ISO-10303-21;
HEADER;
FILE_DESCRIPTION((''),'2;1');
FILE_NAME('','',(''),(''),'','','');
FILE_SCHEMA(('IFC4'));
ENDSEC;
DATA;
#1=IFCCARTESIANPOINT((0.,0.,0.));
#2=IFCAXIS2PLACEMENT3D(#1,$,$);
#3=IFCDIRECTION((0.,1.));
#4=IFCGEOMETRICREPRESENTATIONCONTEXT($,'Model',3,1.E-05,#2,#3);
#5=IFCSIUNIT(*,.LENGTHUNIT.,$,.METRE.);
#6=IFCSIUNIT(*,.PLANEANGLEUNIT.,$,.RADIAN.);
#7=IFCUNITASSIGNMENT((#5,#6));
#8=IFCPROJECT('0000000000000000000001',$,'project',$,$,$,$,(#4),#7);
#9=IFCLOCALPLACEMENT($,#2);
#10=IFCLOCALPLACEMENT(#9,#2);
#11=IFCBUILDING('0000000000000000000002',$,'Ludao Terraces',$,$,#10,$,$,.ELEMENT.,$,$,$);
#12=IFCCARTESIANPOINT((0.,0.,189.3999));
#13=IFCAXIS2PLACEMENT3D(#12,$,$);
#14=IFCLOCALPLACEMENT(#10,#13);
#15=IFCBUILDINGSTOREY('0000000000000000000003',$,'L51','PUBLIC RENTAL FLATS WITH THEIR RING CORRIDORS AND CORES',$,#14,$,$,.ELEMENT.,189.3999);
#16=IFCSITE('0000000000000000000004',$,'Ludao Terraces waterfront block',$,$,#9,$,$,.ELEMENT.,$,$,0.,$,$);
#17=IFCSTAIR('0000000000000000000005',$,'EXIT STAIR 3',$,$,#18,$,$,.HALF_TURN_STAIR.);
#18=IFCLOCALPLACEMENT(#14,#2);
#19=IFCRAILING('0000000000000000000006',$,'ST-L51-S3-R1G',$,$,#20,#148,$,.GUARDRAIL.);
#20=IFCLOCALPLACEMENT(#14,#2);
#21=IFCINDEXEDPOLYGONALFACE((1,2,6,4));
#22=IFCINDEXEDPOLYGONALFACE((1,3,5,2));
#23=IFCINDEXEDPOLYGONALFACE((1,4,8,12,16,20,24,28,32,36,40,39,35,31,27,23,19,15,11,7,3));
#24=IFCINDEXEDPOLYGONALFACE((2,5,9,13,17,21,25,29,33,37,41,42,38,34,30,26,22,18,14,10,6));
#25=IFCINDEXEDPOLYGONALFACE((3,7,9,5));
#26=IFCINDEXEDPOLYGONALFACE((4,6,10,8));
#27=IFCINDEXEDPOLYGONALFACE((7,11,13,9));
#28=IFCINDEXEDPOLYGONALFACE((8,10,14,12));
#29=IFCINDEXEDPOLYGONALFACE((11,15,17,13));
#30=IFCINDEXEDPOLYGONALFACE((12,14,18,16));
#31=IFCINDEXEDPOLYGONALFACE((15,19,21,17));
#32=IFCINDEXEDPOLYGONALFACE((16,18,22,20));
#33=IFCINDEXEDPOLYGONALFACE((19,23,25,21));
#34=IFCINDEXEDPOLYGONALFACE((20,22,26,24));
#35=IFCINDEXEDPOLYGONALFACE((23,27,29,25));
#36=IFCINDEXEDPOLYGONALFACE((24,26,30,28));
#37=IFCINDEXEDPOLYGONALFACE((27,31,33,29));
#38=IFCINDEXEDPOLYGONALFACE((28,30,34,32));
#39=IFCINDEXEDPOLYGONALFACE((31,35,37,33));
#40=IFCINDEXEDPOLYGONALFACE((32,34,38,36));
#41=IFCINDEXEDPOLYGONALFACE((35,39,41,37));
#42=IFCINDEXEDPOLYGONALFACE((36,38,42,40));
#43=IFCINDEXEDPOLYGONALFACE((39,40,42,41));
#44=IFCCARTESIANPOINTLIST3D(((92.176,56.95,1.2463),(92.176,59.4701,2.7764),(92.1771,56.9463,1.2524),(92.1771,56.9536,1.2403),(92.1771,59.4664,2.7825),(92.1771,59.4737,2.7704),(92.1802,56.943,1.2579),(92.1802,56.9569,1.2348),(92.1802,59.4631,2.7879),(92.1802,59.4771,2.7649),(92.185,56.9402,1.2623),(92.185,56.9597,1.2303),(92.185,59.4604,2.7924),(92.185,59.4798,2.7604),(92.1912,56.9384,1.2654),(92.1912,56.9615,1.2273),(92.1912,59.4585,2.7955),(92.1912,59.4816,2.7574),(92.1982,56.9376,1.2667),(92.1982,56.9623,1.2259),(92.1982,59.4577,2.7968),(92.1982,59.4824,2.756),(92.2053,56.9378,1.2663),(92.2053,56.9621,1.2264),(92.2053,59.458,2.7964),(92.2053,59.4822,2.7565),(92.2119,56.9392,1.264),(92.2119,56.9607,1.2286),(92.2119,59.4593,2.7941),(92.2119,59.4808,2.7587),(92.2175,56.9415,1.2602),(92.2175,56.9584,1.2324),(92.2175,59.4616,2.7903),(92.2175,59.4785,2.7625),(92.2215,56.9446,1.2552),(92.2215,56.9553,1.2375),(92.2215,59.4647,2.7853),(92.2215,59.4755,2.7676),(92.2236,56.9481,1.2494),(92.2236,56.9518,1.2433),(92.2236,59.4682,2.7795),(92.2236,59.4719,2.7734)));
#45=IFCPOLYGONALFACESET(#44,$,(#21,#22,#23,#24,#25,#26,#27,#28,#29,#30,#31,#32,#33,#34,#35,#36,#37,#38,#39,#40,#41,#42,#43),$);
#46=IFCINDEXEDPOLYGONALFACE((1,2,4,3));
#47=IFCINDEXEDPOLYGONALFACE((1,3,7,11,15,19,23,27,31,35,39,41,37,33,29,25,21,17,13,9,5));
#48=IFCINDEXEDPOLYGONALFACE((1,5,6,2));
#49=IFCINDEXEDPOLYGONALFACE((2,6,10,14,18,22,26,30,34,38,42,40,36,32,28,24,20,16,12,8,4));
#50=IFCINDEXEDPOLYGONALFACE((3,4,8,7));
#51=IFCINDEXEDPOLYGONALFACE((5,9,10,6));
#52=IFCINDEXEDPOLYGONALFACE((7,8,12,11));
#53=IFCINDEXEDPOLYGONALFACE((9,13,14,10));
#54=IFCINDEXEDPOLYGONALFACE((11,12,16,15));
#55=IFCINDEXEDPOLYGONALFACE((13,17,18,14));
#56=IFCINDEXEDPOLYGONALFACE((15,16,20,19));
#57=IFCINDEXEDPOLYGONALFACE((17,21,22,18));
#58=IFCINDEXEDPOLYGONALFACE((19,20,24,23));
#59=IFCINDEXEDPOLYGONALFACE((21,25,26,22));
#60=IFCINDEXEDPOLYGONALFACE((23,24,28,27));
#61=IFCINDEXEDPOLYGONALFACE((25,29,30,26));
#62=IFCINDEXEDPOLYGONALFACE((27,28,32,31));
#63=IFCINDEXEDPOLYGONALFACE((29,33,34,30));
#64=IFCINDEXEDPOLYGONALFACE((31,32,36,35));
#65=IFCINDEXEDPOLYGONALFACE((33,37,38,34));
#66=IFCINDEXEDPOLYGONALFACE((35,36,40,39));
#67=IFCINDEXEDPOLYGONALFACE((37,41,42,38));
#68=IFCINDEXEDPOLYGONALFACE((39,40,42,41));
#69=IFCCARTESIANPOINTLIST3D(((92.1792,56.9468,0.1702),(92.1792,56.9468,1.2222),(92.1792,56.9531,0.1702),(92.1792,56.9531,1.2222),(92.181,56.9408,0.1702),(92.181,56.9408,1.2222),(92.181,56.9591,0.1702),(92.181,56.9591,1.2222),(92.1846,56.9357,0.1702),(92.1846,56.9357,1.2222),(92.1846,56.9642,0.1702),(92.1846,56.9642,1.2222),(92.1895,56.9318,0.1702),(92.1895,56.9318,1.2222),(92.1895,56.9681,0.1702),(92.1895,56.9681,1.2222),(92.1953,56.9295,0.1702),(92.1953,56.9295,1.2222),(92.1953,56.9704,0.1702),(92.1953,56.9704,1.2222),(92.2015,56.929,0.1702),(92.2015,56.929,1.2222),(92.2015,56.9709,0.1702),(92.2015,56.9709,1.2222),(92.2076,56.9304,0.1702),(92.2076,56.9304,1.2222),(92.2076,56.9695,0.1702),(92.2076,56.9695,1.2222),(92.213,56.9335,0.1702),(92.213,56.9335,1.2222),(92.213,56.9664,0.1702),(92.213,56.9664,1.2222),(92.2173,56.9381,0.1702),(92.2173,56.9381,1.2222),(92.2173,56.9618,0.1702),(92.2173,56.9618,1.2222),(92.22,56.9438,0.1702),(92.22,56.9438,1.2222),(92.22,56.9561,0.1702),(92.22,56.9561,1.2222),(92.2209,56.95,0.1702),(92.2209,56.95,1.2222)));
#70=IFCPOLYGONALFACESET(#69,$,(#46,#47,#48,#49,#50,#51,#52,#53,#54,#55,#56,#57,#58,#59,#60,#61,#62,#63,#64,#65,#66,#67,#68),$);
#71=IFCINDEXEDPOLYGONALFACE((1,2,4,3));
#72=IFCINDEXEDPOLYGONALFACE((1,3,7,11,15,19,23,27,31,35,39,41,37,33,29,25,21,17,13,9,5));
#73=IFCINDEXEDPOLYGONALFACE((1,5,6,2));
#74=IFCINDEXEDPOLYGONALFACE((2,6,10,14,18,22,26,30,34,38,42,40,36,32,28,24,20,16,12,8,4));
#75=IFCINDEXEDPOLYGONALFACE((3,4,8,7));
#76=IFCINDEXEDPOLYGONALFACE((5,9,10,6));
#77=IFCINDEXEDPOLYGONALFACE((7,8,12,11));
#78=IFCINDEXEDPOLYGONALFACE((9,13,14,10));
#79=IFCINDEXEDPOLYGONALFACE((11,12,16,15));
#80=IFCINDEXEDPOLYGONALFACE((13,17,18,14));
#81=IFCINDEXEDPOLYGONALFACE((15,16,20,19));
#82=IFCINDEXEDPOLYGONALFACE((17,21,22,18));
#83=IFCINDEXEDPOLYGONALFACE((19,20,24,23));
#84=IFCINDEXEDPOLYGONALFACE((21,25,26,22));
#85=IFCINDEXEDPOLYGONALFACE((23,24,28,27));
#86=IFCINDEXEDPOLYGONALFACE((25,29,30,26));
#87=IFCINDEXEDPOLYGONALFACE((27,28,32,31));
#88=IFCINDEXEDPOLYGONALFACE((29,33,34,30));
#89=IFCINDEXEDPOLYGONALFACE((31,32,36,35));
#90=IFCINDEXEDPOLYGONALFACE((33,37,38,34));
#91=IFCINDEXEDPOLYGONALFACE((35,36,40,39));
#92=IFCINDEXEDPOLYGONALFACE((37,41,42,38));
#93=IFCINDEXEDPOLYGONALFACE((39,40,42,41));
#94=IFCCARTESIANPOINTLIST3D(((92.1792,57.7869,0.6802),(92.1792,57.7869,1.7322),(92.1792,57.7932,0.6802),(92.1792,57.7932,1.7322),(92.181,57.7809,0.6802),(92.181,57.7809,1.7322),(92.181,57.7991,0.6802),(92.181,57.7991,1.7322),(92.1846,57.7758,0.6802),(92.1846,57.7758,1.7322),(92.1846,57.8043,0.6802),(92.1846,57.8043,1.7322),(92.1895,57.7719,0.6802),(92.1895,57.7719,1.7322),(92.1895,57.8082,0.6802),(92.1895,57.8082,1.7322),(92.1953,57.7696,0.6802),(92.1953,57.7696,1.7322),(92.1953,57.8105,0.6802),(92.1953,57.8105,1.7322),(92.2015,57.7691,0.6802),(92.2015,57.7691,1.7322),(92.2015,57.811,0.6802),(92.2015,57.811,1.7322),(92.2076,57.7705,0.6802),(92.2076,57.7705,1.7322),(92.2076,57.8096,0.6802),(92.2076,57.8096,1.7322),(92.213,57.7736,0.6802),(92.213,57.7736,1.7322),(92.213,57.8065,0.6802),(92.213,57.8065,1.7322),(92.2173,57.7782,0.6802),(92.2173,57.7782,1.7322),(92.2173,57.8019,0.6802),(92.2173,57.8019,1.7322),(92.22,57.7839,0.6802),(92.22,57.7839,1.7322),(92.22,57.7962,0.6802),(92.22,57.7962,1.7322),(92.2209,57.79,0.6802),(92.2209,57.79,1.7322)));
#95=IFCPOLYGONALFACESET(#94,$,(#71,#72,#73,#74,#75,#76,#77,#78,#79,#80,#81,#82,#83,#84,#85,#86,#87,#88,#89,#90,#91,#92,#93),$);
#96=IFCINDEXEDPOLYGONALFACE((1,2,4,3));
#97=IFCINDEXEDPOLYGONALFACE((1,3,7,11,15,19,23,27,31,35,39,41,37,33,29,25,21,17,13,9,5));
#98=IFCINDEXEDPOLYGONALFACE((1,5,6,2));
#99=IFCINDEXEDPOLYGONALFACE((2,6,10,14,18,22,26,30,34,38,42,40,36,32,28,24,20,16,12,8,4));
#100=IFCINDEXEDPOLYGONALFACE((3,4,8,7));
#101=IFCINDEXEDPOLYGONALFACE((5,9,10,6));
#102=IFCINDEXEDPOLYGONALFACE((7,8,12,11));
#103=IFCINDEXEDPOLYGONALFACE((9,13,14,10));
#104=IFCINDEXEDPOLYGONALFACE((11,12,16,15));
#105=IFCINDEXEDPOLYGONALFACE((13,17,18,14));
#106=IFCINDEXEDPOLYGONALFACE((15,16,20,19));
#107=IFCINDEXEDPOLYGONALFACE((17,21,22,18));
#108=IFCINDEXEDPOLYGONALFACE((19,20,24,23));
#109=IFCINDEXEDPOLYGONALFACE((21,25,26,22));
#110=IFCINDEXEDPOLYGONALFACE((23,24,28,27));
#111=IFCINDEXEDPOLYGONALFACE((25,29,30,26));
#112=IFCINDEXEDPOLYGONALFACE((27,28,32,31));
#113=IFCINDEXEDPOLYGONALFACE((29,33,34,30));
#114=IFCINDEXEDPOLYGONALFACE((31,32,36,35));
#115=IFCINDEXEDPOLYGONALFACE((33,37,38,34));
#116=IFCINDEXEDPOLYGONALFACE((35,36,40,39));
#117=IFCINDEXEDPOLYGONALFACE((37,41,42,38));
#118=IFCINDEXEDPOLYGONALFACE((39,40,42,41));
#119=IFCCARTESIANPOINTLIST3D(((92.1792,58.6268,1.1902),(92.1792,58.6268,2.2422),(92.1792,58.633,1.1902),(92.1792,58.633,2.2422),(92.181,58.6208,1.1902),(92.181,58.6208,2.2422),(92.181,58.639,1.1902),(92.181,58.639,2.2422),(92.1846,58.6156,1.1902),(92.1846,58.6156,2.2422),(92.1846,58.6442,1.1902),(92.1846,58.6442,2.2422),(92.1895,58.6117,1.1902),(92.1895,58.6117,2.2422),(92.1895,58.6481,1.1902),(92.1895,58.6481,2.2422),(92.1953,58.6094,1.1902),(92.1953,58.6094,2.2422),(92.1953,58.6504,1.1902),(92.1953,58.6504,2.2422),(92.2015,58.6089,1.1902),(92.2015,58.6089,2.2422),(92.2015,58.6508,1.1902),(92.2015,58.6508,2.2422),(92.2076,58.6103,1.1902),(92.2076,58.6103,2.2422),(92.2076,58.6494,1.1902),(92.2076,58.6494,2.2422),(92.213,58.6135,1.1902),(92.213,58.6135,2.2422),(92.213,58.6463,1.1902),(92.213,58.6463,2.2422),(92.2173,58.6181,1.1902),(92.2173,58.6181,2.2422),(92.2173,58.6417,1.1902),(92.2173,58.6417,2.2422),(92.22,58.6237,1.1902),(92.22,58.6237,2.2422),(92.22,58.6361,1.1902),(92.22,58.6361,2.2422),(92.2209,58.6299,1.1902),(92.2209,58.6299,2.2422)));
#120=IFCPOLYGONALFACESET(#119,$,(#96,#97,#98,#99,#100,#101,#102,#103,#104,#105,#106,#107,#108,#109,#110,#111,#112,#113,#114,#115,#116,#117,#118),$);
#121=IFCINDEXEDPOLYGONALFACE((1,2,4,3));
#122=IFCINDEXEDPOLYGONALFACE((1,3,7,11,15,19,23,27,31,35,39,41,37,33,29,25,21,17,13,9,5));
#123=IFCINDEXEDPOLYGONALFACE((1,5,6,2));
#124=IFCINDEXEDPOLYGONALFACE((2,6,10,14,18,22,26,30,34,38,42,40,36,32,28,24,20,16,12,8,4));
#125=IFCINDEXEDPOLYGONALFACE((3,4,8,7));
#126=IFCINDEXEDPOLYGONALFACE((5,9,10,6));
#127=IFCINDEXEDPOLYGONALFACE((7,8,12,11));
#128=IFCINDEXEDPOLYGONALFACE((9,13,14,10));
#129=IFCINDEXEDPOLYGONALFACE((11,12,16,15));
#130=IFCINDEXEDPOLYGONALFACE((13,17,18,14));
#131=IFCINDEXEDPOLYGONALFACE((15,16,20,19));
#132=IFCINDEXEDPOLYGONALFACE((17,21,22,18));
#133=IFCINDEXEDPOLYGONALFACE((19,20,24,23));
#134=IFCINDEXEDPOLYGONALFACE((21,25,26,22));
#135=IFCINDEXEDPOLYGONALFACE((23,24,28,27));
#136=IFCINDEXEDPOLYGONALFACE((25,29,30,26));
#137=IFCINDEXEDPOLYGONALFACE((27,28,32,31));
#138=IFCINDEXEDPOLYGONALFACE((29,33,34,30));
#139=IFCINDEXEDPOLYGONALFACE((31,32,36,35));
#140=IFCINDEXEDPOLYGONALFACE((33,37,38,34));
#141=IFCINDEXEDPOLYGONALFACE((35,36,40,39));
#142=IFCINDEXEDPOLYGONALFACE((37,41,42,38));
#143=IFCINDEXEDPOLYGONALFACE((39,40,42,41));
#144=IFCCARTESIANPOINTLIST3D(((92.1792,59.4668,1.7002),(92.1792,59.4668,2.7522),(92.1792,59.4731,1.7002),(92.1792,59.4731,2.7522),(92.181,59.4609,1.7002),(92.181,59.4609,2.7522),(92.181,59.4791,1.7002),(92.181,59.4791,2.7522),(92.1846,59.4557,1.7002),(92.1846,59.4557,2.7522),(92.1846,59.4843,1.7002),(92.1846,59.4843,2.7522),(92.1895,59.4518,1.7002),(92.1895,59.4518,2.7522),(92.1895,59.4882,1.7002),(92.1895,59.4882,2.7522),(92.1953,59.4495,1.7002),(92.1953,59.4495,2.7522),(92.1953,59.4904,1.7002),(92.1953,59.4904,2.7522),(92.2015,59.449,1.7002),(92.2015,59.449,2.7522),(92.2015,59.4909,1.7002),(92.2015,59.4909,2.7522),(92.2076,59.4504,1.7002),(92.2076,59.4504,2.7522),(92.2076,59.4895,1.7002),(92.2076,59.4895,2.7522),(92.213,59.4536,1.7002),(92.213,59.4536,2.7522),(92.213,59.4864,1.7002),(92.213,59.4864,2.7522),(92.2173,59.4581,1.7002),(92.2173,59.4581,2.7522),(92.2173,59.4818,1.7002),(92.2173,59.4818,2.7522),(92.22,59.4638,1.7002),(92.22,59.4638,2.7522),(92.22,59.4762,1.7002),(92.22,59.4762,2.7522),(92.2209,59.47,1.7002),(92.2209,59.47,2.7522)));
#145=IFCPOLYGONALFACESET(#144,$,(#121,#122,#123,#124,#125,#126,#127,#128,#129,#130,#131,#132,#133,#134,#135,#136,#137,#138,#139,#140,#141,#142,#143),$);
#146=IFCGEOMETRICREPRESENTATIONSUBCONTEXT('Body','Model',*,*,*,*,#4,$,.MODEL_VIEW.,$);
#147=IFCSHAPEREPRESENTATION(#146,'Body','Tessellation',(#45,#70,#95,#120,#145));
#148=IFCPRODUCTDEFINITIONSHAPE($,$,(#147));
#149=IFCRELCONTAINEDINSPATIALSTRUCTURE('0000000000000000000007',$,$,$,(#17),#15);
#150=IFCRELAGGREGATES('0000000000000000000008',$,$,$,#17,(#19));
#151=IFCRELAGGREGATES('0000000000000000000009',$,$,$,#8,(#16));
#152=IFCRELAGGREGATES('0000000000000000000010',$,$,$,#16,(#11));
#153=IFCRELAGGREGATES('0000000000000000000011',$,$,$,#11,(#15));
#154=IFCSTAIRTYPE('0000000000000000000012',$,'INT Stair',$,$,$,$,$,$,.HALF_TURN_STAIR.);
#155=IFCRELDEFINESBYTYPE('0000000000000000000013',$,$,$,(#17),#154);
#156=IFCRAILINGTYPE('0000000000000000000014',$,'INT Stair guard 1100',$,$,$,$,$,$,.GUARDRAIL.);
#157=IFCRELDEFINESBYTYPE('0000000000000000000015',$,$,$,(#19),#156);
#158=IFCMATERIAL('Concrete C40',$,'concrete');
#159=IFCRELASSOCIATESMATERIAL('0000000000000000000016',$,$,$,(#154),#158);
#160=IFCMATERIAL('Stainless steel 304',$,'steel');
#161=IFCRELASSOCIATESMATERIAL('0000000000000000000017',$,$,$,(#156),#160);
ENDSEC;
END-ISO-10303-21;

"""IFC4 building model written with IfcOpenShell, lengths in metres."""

from ifc_helpers import new_model, si_unit, direction, frame, origin, origin_2d, place, context, subcontext, project, spatial, circle, extrude, material, type_object, element, aggregate, save


model = new_model("IFC4")

# Units and contexts
model_context = context("Model", 3, precision=1e-05, world=origin(), true_north=direction((0.0, 1.0)))
body_context = subcontext(model_context, "Body", "Model", "MODEL_VIEW")
ifc_project = project(units=[si_unit("LENGTHUNIT", "METRE"), si_unit("PLANEANGLEUNIT", "RADIAN")], contexts=[model_context])

# Site, building, storey
site_placement = place(None, origin())
site = spatial("IfcSite", under=ifc_project, at=site_placement, Name="Ludao Terraces waterfront block", CompositionType="ELEMENT", RefElevation=0.0)
building_placement = place(site_placement, origin())
building = spatial("IfcBuilding", under=site, at=building_placement, Name="Ludao Terraces", CompositionType="ELEMENT")
storey_placement = place(building_placement, frame((0.0, 0.0, 189.3999)))
storey = spatial("IfcBuildingStorey", under=building, at=storey_placement, Name="L51", Description="PUBLIC RENTAL FLATS WITH THEIR RING CORRIDORS AND CORES", CompositionType="ELEMENT", Elevation=189.3999)

# Shared definitions
ifc_material_1 = material(Name="Concrete C40", Category="concrete")

# Stair, railing
stair_type = type_object("IfcStairType", Name="INT Stair", PredefinedType="HALF_TURN_STAIR", material=ifc_material_1)
stair_placement = place(storey_placement, origin())
stair = element("IfcStair", 1, at=stair_placement, inside=storey, type_object=stair_type, Name="EXIT STAIR 3", PredefinedType="HALF_TURN_STAIR")
ifc_material_2 = material(Name="Stainless steel 304", Category="steel")
railing_type_1 = type_object("IfcRailingType", Name="INT Stair guard 1100", PredefinedType="GUARDRAIL", material=ifc_material_2)
railing_1_placement = place(storey_placement, frame((92.2, 56.95, 0.1702)))
railing_1 = element("IfcRailing", 2, at=railing_1_placement, type_object=railing_type_1, Name="ST-L51-S3-R1G", PredefinedType="GUARDRAIL", context=body_context, shape_type="SweptSolid", body=[
    extrude(circle(Radius=0.0239, at=origin_2d()), frame((0.0, 0.0, 1.0762), z_axis=(0.0, 0.854785, 0.518982), x_axis=(-1.0, 0.0, 0.0)), (0.0, 0.0, 1.0), 2.9482),
    extrude(circle(Radius=0.021, at=origin_2d()), origin(), (0.0, 0.0, 1.0), 1.052),
    extrude(circle(Radius=0.021, at=origin_2d()), frame((0.0, 0.8401, 0.51)), (0.0, 0.0, 1.0), 1.052),
    extrude(circle(Radius=0.021, at=origin_2d()), frame((0.0, 1.6799, 1.02)), (0.0, 0.0, 1.0), 1.052),
    extrude(circle(Radius=0.021, at=origin_2d()), frame((0.0, 2.52, 1.53)), (0.0, 0.0, 1.0), 1.052),
])
aggregate(stair, [railing_1])

save(model, "model.ifc")
